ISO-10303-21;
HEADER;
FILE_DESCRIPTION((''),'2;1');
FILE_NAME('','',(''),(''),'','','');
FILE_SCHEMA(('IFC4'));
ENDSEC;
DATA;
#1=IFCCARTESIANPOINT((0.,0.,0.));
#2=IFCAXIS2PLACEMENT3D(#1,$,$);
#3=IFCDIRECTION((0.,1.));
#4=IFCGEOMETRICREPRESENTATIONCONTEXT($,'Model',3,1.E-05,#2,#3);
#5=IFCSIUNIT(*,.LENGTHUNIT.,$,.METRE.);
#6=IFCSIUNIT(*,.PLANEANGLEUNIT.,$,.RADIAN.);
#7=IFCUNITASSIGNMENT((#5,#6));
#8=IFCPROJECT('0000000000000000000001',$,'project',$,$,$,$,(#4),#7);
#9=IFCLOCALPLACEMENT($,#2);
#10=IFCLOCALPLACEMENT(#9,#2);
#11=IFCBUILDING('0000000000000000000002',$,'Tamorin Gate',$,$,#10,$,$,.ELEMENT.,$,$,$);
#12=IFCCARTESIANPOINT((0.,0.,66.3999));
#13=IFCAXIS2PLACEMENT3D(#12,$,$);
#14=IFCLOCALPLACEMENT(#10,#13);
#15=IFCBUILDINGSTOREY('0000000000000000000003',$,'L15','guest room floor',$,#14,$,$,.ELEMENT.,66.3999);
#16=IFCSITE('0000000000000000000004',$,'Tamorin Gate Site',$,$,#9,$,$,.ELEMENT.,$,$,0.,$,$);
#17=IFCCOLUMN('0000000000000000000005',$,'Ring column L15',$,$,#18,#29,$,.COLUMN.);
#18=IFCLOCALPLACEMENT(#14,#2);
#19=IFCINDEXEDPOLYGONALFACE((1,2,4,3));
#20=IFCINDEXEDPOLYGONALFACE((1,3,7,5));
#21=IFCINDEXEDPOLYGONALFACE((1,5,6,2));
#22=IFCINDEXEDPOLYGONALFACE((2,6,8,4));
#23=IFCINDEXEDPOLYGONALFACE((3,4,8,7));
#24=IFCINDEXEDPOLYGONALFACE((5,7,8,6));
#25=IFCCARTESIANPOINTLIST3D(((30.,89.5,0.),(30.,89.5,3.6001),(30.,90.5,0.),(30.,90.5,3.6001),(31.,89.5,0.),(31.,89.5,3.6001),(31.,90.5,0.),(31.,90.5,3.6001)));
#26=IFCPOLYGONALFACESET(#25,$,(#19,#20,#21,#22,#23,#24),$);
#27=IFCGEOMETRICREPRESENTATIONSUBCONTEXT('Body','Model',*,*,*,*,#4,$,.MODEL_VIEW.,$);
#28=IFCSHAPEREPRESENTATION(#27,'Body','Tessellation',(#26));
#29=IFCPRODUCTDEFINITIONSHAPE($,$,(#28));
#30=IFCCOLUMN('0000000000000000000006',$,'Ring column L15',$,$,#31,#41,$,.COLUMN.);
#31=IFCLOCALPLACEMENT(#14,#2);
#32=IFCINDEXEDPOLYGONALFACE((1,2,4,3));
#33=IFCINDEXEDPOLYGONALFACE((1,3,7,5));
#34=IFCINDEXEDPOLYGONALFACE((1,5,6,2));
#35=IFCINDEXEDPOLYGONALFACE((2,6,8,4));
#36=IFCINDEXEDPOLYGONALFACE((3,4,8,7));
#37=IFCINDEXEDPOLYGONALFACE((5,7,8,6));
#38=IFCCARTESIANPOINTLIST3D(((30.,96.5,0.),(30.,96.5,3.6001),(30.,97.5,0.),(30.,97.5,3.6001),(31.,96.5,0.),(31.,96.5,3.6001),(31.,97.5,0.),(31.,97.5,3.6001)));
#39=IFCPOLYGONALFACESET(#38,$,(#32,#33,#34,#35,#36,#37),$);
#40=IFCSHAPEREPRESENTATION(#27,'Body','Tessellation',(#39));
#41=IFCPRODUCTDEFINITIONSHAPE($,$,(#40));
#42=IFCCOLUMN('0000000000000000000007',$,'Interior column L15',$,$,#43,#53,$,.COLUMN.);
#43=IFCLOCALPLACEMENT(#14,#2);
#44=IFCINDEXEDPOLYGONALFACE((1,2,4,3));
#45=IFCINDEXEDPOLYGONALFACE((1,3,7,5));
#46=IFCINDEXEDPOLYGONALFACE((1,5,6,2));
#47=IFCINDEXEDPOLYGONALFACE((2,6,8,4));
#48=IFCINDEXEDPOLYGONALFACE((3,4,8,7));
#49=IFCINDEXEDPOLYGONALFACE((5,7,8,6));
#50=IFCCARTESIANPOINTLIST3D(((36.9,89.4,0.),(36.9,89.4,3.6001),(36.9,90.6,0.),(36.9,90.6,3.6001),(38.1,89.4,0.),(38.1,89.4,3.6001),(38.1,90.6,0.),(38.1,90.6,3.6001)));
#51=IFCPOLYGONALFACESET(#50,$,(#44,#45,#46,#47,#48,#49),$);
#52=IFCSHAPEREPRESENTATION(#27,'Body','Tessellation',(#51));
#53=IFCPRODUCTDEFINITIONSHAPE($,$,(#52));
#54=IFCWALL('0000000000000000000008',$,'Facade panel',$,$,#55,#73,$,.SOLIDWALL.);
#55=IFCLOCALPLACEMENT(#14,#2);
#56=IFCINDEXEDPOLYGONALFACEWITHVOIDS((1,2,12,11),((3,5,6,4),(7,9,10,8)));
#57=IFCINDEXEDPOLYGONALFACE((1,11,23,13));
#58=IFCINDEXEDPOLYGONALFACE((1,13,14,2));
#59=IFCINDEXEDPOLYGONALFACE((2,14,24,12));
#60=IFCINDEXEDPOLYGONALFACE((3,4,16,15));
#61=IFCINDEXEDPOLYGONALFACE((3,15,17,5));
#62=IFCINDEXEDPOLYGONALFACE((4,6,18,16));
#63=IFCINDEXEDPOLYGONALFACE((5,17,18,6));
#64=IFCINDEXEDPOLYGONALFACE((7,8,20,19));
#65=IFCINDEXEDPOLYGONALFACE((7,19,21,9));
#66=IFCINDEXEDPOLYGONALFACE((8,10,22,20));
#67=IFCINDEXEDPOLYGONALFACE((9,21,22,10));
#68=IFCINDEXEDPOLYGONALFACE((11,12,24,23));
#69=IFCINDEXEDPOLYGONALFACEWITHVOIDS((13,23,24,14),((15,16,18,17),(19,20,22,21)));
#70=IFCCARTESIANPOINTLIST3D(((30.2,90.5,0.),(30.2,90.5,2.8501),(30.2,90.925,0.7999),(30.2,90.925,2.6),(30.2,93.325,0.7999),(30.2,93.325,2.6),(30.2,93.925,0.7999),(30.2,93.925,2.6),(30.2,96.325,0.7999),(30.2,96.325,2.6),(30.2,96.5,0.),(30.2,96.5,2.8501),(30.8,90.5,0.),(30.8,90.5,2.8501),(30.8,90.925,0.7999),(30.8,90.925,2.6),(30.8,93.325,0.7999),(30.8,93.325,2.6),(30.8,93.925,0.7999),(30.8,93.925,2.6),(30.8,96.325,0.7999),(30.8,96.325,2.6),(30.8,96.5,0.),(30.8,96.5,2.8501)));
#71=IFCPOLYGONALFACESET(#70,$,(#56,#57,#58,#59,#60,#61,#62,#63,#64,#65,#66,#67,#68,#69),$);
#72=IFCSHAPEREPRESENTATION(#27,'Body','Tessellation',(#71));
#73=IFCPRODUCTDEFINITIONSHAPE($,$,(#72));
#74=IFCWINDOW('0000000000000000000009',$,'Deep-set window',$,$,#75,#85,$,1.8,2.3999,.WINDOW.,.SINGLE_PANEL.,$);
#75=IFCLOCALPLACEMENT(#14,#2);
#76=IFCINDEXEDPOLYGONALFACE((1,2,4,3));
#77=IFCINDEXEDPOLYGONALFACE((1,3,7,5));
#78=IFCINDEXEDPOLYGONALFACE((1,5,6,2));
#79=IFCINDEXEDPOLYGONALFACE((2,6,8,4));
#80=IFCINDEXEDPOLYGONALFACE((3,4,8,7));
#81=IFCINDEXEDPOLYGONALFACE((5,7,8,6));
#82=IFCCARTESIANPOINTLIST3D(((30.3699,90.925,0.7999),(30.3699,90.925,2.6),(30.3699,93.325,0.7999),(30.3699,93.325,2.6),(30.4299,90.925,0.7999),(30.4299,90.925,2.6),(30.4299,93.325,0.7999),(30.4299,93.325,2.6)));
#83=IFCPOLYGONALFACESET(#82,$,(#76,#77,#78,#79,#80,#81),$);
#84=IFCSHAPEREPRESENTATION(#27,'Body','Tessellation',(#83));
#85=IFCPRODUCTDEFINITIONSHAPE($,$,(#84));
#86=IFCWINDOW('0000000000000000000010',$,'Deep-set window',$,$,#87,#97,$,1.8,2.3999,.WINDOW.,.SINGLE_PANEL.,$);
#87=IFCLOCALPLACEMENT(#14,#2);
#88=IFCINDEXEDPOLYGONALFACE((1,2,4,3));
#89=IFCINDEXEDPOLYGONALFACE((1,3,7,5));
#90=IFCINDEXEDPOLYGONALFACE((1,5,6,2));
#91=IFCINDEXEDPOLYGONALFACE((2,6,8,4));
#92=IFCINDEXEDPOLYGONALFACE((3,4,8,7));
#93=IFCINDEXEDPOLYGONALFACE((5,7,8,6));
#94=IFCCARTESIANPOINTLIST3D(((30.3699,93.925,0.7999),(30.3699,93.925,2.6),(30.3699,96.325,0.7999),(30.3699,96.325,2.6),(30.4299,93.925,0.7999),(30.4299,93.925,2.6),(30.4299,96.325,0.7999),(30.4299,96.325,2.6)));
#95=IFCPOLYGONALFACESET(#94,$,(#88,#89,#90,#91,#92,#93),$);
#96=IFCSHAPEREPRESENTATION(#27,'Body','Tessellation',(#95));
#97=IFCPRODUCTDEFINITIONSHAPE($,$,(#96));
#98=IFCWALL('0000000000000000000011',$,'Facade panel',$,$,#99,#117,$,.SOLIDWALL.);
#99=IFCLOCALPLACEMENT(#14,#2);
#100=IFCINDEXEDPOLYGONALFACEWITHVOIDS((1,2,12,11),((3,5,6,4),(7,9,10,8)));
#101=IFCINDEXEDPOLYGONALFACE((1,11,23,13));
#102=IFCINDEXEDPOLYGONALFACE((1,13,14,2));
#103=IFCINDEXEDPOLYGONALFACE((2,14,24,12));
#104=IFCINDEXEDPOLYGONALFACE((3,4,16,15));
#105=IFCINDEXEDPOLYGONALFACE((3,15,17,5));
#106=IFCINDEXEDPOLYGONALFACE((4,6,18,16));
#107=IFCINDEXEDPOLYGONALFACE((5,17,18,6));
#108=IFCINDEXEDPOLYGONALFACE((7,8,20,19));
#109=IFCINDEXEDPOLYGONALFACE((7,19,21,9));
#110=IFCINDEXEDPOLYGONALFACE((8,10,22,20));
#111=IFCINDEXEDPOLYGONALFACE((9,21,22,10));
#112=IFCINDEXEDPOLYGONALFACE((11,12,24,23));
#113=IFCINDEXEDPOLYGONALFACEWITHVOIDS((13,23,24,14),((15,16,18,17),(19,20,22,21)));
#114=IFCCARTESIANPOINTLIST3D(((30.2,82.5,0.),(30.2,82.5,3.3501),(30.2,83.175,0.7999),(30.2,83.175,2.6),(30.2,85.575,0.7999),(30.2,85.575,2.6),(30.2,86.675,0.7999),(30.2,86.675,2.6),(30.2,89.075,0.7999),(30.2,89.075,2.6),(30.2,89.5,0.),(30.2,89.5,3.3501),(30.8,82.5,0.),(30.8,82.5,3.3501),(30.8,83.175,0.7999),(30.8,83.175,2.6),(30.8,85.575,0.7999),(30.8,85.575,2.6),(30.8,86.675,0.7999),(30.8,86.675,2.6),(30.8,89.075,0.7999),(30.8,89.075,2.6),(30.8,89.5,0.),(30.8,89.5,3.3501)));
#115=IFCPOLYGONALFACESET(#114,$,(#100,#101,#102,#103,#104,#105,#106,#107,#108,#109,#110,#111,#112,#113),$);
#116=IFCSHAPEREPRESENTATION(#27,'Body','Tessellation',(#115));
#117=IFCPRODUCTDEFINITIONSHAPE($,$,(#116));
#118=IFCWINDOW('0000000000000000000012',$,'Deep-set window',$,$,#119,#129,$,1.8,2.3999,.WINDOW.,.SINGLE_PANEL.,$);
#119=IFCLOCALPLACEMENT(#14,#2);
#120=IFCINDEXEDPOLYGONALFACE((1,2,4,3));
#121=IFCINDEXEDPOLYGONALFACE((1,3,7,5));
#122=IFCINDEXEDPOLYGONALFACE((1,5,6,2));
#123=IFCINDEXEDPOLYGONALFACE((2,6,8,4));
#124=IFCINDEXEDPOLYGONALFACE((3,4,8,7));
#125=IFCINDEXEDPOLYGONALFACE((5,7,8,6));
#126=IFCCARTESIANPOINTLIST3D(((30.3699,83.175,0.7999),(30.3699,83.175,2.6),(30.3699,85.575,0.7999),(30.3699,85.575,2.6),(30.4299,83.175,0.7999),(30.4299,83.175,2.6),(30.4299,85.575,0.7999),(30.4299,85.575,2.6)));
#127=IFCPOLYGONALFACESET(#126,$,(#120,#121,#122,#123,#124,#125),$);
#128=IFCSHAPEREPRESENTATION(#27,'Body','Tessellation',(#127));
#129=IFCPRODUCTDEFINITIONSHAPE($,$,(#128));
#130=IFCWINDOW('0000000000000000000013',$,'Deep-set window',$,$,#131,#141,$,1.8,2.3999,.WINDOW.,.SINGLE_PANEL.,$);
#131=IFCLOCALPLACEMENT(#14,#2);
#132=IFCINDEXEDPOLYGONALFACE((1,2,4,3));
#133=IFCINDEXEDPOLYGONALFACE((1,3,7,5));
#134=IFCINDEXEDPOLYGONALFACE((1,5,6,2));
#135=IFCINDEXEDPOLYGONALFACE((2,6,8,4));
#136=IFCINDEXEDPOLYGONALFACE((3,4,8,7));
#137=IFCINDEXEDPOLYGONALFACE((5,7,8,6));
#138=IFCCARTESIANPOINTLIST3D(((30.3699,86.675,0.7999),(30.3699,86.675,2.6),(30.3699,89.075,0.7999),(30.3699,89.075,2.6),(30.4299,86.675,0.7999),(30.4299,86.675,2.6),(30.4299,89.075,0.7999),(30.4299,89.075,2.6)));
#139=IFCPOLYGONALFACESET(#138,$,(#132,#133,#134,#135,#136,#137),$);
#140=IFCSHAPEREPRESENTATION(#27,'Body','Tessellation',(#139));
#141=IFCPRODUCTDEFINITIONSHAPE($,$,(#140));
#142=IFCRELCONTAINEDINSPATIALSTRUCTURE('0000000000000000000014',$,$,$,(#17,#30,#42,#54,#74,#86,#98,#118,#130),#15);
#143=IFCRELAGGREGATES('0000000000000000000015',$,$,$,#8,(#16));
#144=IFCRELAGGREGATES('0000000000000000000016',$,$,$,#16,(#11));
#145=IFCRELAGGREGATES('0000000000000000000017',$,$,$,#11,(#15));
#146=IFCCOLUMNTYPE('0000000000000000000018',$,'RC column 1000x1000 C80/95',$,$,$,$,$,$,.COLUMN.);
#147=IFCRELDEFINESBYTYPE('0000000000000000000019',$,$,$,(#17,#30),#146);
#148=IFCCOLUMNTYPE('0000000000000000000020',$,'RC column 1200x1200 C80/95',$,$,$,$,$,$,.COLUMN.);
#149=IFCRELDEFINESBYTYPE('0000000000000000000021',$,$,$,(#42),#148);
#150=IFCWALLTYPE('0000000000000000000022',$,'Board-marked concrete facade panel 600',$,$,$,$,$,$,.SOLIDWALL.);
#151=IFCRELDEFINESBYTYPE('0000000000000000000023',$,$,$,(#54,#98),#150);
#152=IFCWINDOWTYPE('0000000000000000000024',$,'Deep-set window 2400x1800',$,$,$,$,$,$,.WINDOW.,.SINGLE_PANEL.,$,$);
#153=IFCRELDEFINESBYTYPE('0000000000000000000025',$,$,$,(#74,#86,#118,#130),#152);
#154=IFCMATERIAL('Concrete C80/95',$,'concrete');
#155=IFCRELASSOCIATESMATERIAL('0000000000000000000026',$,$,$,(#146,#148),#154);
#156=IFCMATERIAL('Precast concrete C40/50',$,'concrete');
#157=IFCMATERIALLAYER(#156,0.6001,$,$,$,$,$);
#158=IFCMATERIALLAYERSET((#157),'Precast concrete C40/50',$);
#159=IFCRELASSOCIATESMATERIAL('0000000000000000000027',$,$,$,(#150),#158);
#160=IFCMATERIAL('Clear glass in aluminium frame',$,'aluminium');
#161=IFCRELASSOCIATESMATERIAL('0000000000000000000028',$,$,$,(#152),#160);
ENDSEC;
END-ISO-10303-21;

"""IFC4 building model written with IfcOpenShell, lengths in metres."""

from ifc_helpers import new_model, si_unit, direction, frame, frame_2d, origin, origin_2d, place, context, subcontext, project, spatial, rectangle, extrude, material, layer, layer_set, material_profile, profile_set, type_object, element, fill, save


model = new_model("IFC4")

# Units and contexts
model_context = context("Model", 3, precision=1e-05, world=origin(), true_north=direction((0.0, 1.0)))
body_context = subcontext(model_context, "Body", "Model", "MODEL_VIEW")
ifc_project = project(units=[si_unit("LENGTHUNIT", "METRE"), si_unit("PLANEANGLEUNIT", "RADIAN")], contexts=[model_context])

# Site, building, storey
site_placement = place(None, origin())
site = spatial("IfcSite", under=ifc_project, at=site_placement, Name="Tamorin Gate Site", CompositionType="ELEMENT", RefElevation=0.0)
building_placement = place(site_placement, origin())
building = spatial("IfcBuilding", under=site, at=building_placement, Name="Tamorin Gate", CompositionType="ELEMENT")
storey_placement = place(building_placement, frame((0.0, 0.0, 66.3999)))
storey = spatial("IfcBuildingStorey", under=building, at=storey_placement, Name="L15", Description="guest room floor", CompositionType="ELEMENT", Elevation=66.3999)

# Columns
ifc_material_1 = material(Name="Concrete C80/95", Category="concrete")
ifc_material_profile_1 = material_profile(ifc_material_1, rectangle(XDim=1.0, YDim=1.0, at=origin_2d()), Name="RC 1000x1000")
ifc_profile_set_1 = profile_set([ifc_material_profile_1], Name="Concrete C80/95")
column_type_1 = type_object("IfcColumnType", Name="RC column 1000x1000 C80/95", PredefinedType="COLUMN", material=ifc_profile_set_1)
for number, where, z_axis, x_axis, name in (
    (1, (30.5, 90.0, 0.0), (0.0, 0.0, 1.0), (1.0, 0.0, 0.0), "Ring column L15"),
    (2, (30.5, 97.0, 0.0), (0.0, 0.0, 1.0), (1.0, 0.0, 0.0), "Ring column L15"),
):
    element("IfcColumn", number, at=place(storey_placement, frame(where, z_axis=z_axis, x_axis=x_axis)), inside=storey, type_object=column_type_1, Name=name, PredefinedType="COLUMN", context=body_context, shape_type="SweptSolid", body=[
        extrude(rectangle(XDim=1.0, YDim=1.0, at=origin_2d()), origin(), (0.0, 0.0, 1.0), 3.6001),
    ])
ifc_material_profile_2 = material_profile(ifc_material_1, rectangle(XDim=1.2, YDim=1.2, at=origin_2d()), Name="RC 1200x1200")
ifc_profile_set_2 = profile_set([ifc_material_profile_2], Name="Concrete C80/95")
column_type_2 = type_object("IfcColumnType", Name="RC column 1200x1200 C80/95", PredefinedType="COLUMN", material=ifc_profile_set_2)
column_placement = place(storey_placement, frame((37.5, 90.0, 0.0), z_axis=(0.0, 0.0, 1.0), x_axis=(1.0, 0.0, 0.0)))
element("IfcColumn", 3, at=column_placement, inside=storey, type_object=column_type_2, Name="Interior column L15", PredefinedType="COLUMN", context=body_context, shape_type="SweptSolid", body=[
    extrude(rectangle(XDim=1.2, YDim=1.2, at=origin_2d()), origin(), (0.0, 0.0, 1.0), 3.6001),
])

# Walls, openings, windows
ifc_material_2 = material(Name="Precast concrete C40/50", Category="concrete")
ifc_layer_1 = layer(ifc_material_2, 0.6001)
ifc_layer_set_1 = layer_set([ifc_layer_1], Name="Precast concrete C40/50")
wall_type_1 = type_object("IfcWallType", Name="Board-marked concrete facade panel 600", PredefinedType="SOLIDWALL", material=ifc_layer_set_1)
wall_1_placement = place(storey_placement, frame((30.5, 96.5, 0.0), z_axis=(0.0, 0.0, 1.0), x_axis=(0.0, -1.0, 0.0)))
wall_1 = element("IfcWall", 4, at=wall_1_placement, inside=storey, type_object=wall_type_1, Name="Facade panel", PredefinedType="SOLIDWALL", context=body_context, shape_type="SweptSolid", body=[
    extrude(rectangle(XDim=6.0, YDim=0.6001, at=frame_2d((3.0, 0.0))), origin(), (0.0, 0.0, 1.0), 2.8501),
])
opening_1_placement = place(wall_1_placement, frame((3.175, 0.0, 0.8)))
opening_1 = element("IfcOpeningElement", 5, at=opening_1_placement, cuts=wall_1, PredefinedType="OPENING", context=body_context, shape_type="SweptSolid", body=[
    extrude(rectangle(XDim=2.3999, YDim=1.8, at=frame_2d((1.2, 0.8999))), frame((0.0, 0.3101, 0.0), z_axis=(0.0, -1.0, 0.0), x_axis=(1.0, 0.0, 0.0)), (0.0, 0.0, 1.0), 0.6201),
])
opening_2_placement = place(wall_1_placement, frame((0.175, 0.0, 0.8)))
opening_2 = element("IfcOpeningElement", 6, at=opening_2_placement, cuts=wall_1, PredefinedType="OPENING", context=body_context, shape_type="SweptSolid", body=[
    extrude(rectangle(XDim=2.3999, YDim=1.8, at=frame_2d((1.2, 0.8999))), frame((0.0, 0.3101, 0.0), z_axis=(0.0, -1.0, 0.0), x_axis=(1.0, 0.0, 0.0)), (0.0, 0.0, 1.0), 0.6201),
])
ifc_material_3 = material(Name="Clear glass in aluminium frame", Category="aluminium")
window_type = type_object("IfcWindowType", Name="Deep-set window 2400x1800", PartitioningType="SINGLE_PANEL", PredefinedType="WINDOW", material=ifc_material_3)
window_1_placement = place(opening_1_placement, origin())
window_1 = element("IfcWindow", 7, at=window_1_placement, inside=storey, type_object=window_type, Name="Deep-set window", OverallHeight=1.8, OverallWidth=2.3999, PartitioningType="SINGLE_PANEL", PredefinedType="WINDOW", context=body_context, shape_type="SweptSolid", body=[
    extrude(rectangle(XDim=2.3999, YDim=1.8, at=frame_2d((1.2, 0.8999))), frame((0.0, -0.0701, 0.0), z_axis=(0.0, -1.0, 0.0), x_axis=(1.0, 0.0, 0.0)), (0.0, 0.0, 1.0), 0.0601),
])
fill(opening_1, window_1)
window_2_placement = place(opening_2_placement, origin())
window_2 = element("IfcWindow", 8, at=window_2_placement, inside=storey, type_object=window_type, Name="Deep-set window", OverallHeight=1.8, OverallWidth=2.3999, PartitioningType="SINGLE_PANEL", PredefinedType="WINDOW", context=body_context, shape_type="SweptSolid", body=[
    extrude(rectangle(XDim=2.3999, YDim=1.8, at=frame_2d((1.2, 0.8999))), frame((0.0, -0.0701, 0.0), z_axis=(0.0, -1.0, 0.0), x_axis=(1.0, 0.0, 0.0)), (0.0, 0.0, 1.0), 0.0601),
])
fill(opening_2, window_2)
wall_2_placement = place(storey_placement, frame((30.5, 89.5, 0.0), z_axis=(0.0, 0.0, 1.0), x_axis=(0.0, -1.0, 0.0)))
wall_2 = element("IfcWall", 9, at=wall_2_placement, inside=storey, type_object=wall_type_1, Name="Facade panel", PredefinedType="SOLIDWALL", context=body_context, shape_type="SweptSolid", body=[
    extrude(rectangle(XDim=7.0, YDim=0.6001, at=frame_2d((3.5, 0.0))), origin(), (0.0, 0.0, 1.0), 3.3501),
])
opening_3_placement = place(wall_2_placement, frame((3.925, 0.0, 0.8)))
opening_3 = element("IfcOpeningElement", 10, at=opening_3_placement, cuts=wall_2, PredefinedType="OPENING", context=body_context, shape_type="SweptSolid", body=[
    extrude(rectangle(XDim=2.3999, YDim=1.8, at=frame_2d((1.2, 0.8999))), frame((0.0, 0.3101, 0.0), z_axis=(0.0, -1.0, 0.0), x_axis=(1.0, 0.0, 0.0)), (0.0, 0.0, 1.0), 0.6201),
])
opening_4_placement = place(wall_2_placement, frame((0.425, 0.0, 0.8)))
opening_4 = element("IfcOpeningElement", 11, at=opening_4_placement, cuts=wall_2, PredefinedType="OPENING", context=body_context, shape_type="SweptSolid", body=[
    extrude(rectangle(XDim=2.3999, YDim=1.8, at=frame_2d((1.2, 0.8999))), frame((0.0, 0.3101, 0.0), z_axis=(0.0, -1.0, 0.0), x_axis=(1.0, 0.0, 0.0)), (0.0, 0.0, 1.0), 0.6201),
])
window_3_placement = place(opening_3_placement, origin())
window_3 = element("IfcWindow", 12, at=window_3_placement, inside=storey, type_object=window_type, Name="Deep-set window", OverallHeight=1.8, OverallWidth=2.3999, PartitioningType="SINGLE_PANEL", PredefinedType="WINDOW", context=body_context, shape_type="SweptSolid", body=[
    extrude(rectangle(XDim=2.3999, YDim=1.8, at=frame_2d((1.2, 0.8999))), frame((0.0, -0.0701, 0.0), z_axis=(0.0, -1.0, 0.0), x_axis=(1.0, 0.0, 0.0)), (0.0, 0.0, 1.0), 0.0601),
])
fill(opening_3, window_3)
window_4_placement = place(opening_4_placement, origin())
window_4 = element("IfcWindow", 13, at=window_4_placement, inside=storey, type_object=window_type, Name="Deep-set window", OverallHeight=1.8, OverallWidth=2.3999, PartitioningType="SINGLE_PANEL", PredefinedType="WINDOW", context=body_context, shape_type="SweptSolid", body=[
    extrude(rectangle(XDim=2.3999, YDim=1.8, at=frame_2d((1.2, 0.8999))), frame((0.0, -0.0701, 0.0), z_axis=(0.0, -1.0, 0.0), x_axis=(1.0, 0.0, 0.0)), (0.0, 0.0, 1.0), 0.0601),
])
fill(opening_4, window_4)

save(model, "model.ifc")
